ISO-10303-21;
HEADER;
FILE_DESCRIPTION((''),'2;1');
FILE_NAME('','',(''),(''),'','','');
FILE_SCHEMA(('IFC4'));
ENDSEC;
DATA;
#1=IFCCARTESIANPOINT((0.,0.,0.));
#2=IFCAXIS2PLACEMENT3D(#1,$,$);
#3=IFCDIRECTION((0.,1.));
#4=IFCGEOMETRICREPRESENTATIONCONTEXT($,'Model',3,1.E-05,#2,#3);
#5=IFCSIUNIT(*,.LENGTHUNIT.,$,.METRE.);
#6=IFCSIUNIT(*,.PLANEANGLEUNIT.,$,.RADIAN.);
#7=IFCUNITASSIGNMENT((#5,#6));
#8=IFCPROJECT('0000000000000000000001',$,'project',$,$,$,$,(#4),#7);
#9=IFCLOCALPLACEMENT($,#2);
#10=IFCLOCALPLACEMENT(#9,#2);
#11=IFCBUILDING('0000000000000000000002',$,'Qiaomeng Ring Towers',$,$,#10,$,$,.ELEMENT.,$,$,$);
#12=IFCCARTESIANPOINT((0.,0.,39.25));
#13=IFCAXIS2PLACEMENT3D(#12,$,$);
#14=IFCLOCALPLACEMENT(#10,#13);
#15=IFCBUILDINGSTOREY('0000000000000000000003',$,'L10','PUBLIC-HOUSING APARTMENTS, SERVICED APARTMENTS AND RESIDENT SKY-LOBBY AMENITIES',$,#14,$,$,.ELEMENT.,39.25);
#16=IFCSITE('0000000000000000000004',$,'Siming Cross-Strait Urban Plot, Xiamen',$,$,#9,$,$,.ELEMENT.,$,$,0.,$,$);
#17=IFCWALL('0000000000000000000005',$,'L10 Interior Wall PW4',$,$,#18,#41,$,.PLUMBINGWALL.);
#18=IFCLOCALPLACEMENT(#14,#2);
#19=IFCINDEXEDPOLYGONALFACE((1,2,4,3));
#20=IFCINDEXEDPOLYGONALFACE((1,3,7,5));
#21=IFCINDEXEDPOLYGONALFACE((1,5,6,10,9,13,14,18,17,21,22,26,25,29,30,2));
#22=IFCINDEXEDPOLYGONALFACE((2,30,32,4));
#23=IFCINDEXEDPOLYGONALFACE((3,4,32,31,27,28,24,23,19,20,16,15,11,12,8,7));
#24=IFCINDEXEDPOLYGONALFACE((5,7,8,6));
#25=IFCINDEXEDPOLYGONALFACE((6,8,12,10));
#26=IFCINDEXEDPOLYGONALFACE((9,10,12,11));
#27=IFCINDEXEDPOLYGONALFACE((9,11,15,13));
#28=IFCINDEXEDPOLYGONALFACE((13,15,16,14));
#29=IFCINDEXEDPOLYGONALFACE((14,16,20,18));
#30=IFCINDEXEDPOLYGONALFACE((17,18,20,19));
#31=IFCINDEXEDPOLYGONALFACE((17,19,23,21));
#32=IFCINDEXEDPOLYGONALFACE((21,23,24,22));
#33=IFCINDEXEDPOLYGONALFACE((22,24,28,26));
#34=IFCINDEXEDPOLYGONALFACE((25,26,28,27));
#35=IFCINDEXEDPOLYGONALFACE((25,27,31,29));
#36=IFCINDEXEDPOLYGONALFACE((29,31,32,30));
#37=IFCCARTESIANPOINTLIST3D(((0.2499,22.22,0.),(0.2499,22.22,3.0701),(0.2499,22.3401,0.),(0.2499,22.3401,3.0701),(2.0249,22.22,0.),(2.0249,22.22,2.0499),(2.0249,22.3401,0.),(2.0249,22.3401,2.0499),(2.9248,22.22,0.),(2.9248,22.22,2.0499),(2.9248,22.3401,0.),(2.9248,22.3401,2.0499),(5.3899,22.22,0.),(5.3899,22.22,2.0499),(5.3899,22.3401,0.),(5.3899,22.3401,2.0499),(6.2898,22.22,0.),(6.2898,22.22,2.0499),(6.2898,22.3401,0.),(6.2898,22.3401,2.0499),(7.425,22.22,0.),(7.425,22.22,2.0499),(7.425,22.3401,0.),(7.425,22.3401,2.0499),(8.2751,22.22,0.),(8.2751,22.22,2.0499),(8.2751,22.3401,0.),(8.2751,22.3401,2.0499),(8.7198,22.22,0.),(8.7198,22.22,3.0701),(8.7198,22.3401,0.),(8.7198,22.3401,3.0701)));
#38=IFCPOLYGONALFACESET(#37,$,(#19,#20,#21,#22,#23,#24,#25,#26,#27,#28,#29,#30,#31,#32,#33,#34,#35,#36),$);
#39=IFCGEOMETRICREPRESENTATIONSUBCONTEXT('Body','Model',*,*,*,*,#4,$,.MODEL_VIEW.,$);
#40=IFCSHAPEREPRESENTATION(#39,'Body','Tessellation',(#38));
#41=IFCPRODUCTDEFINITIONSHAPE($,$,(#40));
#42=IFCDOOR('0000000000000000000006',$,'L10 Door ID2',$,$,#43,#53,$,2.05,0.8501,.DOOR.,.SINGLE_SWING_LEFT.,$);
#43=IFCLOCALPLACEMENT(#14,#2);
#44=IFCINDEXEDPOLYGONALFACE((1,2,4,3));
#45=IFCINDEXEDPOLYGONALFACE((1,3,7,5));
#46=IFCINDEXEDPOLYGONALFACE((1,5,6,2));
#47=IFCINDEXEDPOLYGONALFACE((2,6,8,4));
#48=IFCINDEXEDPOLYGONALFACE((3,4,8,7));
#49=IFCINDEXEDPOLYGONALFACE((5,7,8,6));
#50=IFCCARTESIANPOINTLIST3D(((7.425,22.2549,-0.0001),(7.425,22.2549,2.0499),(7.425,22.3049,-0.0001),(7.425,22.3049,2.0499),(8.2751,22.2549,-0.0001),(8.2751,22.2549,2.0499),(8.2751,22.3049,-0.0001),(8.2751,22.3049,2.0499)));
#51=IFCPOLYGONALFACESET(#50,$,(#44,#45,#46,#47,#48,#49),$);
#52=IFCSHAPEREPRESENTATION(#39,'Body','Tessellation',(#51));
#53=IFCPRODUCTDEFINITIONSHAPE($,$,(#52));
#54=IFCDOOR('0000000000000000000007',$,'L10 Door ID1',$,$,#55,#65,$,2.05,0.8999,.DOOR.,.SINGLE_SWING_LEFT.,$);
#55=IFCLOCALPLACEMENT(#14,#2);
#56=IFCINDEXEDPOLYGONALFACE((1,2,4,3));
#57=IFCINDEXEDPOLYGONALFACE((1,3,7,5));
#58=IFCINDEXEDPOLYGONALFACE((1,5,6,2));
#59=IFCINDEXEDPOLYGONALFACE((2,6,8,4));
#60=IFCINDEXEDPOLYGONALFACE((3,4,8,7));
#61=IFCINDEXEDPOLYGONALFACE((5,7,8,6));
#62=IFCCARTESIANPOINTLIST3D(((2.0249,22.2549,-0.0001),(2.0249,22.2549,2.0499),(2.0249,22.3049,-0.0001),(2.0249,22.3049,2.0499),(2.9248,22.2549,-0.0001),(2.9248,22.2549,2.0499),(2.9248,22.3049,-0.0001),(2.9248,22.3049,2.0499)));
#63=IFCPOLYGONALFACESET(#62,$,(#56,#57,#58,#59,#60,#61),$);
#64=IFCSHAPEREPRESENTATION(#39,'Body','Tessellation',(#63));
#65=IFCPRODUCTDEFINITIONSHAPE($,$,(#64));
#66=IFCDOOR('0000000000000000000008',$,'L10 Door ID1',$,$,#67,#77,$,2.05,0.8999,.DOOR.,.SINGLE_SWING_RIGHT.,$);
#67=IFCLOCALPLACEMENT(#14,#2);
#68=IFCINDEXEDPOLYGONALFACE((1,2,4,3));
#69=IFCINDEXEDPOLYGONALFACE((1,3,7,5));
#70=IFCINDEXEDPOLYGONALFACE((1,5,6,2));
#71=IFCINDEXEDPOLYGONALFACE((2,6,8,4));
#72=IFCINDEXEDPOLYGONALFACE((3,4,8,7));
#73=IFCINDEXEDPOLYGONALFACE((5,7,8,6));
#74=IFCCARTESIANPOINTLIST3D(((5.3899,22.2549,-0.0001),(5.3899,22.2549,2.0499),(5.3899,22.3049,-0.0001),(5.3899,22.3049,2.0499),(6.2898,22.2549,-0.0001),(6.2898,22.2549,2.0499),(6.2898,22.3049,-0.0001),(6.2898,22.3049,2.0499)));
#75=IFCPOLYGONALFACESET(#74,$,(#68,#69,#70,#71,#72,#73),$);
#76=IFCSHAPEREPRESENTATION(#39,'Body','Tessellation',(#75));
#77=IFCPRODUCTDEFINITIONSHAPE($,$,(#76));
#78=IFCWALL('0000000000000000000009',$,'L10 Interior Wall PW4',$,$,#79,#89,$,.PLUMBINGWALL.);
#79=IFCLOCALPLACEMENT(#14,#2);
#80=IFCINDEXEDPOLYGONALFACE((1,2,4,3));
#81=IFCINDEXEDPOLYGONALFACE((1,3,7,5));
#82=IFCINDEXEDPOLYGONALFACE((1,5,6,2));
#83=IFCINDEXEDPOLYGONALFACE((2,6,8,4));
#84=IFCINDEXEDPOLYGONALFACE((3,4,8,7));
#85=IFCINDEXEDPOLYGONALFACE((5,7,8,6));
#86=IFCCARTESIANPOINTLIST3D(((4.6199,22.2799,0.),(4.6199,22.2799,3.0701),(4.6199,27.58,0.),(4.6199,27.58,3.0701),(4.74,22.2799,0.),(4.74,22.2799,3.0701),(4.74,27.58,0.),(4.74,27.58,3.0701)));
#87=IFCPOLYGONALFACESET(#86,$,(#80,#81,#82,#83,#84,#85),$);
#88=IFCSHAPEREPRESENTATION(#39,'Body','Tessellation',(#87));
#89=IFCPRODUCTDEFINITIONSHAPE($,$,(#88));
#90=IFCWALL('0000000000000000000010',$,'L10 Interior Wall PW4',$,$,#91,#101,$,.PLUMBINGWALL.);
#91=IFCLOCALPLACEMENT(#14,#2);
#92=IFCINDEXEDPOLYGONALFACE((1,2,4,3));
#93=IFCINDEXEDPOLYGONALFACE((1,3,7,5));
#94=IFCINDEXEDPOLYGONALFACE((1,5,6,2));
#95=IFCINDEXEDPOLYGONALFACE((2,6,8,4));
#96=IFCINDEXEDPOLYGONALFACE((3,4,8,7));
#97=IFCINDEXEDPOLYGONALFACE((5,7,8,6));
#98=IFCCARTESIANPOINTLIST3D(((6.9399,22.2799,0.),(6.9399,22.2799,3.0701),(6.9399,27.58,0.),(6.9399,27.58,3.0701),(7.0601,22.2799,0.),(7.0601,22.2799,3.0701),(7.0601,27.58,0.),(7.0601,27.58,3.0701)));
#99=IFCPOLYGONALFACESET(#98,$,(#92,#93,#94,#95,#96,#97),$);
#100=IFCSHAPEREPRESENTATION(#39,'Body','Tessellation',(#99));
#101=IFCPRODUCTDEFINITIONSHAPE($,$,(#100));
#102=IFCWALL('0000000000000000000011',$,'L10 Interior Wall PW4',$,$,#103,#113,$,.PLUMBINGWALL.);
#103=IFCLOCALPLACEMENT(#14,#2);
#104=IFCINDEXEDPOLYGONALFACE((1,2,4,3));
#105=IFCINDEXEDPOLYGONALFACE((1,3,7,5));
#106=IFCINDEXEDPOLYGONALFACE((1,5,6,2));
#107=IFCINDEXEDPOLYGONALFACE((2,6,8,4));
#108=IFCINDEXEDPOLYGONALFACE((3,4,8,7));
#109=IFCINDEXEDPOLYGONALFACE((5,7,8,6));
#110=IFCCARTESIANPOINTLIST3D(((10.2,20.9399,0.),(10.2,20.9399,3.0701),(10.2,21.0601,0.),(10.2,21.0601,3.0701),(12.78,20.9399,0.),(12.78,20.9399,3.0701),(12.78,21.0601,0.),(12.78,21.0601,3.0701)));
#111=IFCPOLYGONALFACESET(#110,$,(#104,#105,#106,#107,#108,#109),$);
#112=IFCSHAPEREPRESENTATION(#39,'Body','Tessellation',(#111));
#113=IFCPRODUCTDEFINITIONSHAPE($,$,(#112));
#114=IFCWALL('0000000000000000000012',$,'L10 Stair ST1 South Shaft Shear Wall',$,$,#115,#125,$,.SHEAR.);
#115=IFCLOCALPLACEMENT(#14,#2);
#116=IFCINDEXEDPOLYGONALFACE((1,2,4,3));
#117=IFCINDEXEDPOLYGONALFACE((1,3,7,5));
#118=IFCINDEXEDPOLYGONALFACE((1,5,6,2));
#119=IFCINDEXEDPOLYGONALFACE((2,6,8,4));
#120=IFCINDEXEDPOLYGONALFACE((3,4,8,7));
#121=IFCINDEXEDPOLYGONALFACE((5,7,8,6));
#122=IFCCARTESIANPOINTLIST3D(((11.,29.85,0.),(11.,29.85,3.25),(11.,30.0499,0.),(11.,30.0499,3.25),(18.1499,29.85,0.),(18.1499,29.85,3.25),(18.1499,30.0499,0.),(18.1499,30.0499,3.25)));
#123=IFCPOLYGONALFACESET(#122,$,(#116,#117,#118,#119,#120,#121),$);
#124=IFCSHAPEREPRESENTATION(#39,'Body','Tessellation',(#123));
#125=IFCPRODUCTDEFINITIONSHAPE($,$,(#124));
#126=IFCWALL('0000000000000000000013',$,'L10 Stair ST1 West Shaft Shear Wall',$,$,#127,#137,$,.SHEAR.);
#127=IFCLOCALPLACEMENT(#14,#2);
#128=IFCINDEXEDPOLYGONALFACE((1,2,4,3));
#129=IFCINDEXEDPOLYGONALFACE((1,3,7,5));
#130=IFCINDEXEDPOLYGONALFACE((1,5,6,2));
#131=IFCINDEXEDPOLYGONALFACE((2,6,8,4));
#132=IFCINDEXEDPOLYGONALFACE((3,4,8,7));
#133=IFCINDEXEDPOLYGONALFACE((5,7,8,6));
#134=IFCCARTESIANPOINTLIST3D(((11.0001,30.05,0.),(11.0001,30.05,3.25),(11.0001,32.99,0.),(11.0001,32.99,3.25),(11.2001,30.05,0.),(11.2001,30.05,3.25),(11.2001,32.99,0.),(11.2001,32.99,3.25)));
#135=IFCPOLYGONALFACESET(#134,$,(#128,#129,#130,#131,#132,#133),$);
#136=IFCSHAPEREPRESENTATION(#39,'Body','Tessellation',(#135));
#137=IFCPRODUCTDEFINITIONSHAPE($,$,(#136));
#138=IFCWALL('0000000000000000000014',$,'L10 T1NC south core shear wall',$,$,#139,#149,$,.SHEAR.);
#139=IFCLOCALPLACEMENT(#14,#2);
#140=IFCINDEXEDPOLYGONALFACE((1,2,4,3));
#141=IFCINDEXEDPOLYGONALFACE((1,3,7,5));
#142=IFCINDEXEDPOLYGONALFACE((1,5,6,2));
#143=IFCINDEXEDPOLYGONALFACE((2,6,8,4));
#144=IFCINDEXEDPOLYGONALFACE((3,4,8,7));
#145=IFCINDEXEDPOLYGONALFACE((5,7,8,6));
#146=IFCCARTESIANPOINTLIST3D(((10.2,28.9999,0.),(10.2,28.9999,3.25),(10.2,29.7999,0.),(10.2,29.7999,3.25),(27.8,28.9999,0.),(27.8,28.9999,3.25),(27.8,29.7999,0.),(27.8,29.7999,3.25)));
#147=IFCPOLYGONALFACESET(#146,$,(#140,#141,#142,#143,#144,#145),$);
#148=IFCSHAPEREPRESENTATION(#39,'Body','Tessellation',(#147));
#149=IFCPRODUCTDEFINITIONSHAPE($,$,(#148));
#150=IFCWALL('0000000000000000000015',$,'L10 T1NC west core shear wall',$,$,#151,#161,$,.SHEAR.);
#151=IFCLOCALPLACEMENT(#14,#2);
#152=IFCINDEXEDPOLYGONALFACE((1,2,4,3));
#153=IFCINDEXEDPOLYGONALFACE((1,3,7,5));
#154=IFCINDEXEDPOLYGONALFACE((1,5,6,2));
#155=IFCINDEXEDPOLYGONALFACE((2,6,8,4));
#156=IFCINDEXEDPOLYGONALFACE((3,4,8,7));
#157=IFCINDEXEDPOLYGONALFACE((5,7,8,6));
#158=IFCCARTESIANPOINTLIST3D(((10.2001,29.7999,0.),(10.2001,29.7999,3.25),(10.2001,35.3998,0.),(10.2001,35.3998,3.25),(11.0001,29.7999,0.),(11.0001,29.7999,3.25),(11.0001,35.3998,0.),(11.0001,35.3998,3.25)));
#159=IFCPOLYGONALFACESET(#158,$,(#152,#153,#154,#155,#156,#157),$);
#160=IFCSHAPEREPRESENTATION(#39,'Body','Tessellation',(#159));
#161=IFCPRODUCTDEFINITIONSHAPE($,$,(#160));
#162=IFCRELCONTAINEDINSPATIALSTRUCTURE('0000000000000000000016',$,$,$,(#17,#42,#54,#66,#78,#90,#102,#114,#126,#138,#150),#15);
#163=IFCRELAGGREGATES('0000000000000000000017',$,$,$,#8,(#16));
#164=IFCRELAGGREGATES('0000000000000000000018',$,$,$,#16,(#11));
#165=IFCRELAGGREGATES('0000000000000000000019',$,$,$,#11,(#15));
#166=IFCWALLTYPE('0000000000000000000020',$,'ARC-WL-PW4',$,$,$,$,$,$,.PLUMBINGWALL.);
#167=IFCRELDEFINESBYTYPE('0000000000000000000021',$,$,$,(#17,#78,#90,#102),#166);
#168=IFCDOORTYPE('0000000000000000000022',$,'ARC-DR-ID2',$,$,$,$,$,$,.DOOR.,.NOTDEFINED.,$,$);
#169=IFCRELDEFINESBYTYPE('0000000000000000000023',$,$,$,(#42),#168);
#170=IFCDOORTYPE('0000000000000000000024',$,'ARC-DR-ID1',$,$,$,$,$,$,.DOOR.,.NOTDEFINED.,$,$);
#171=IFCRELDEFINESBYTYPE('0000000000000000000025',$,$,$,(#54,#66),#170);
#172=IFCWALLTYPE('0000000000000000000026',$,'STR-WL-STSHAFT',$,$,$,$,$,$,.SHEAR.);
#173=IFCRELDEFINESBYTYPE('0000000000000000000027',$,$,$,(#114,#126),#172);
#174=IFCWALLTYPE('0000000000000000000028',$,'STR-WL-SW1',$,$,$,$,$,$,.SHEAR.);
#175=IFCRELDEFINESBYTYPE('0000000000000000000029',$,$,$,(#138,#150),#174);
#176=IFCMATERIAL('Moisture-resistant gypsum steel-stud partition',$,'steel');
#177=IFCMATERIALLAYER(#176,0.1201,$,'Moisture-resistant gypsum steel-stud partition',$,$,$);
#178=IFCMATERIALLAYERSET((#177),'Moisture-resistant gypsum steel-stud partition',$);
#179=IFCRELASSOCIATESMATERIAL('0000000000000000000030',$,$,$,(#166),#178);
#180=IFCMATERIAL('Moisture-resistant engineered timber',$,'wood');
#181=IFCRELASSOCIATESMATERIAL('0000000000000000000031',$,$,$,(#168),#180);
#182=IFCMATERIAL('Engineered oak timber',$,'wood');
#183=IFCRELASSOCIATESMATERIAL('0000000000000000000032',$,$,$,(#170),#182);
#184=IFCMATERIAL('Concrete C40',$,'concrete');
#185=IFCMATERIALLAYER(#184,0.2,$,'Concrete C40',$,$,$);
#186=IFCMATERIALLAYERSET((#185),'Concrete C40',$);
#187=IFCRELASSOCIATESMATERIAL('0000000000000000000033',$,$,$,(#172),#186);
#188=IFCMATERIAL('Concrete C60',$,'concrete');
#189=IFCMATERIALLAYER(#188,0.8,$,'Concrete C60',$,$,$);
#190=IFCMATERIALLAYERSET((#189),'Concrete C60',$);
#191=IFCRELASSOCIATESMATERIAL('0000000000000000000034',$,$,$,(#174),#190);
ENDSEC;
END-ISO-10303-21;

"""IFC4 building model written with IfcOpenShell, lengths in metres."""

from ifc_helpers import new_model, si_unit, direction, frame, frame_2d, origin, place, context, subcontext, project, spatial, rectangle, extrude, source, transform, mapped, material, layer, layer_set, type_object, element, fill, save


model = new_model("IFC4")

# Units and contexts
model_context = context("Model", 3, precision=1e-05, world=origin(), true_north=direction((0.0, 1.0)))
body_context = subcontext(model_context, "Body", "Model", "MODEL_VIEW")
ifc_project = project(units=[si_unit("LENGTHUNIT", "METRE"), si_unit("PLANEANGLEUNIT", "RADIAN")], contexts=[model_context])

# Site, building, storey
site_placement = place(None, origin())
site = spatial("IfcSite", under=ifc_project, at=site_placement, Name="Siming Cross-Strait Urban Plot, Xiamen", CompositionType="ELEMENT", RefElevation=0.0)
building_placement = place(site_placement, origin())
building = spatial("IfcBuilding", under=site, at=building_placement, Name="Qiaomeng Ring Towers", CompositionType="ELEMENT")
storey_placement = place(building_placement, frame((0.0, 0.0, 39.25)))
storey = spatial("IfcBuildingStorey", under=building, at=storey_placement, Name="L10", Description="PUBLIC-HOUSING APARTMENTS, SERVICED APARTMENTS AND RESIDENT SKY-LOBBY AMENITIES", CompositionType="ELEMENT", Elevation=39.25)

# Shared definitions
ifc_material_1 = material(Name="Concrete C60", Category="concrete")

# Wall, openings, doors
ifc_material_2 = material(Name="Moisture-resistant gypsum steel-stud partition", Category="steel")
ifc_layer_1 = layer(ifc_material_2, 0.1201, Name="Moisture-resistant gypsum steel-stud partition")
ifc_layer_set_1 = layer_set([ifc_layer_1], Name="Moisture-resistant gypsum steel-stud partition")
wall_type_1 = type_object("IfcWallType", Name="ARC-WL-PW4", PredefinedType="PLUMBINGWALL", material=ifc_layer_set_1)
wall_1_placement = place(storey_placement, frame((0.25, 22.28, 0.0), z_axis=(0.0, 0.0, 1.0), x_axis=(1.0, 0.0, 0.0)))
wall_1 = element("IfcWall", 1, at=wall_1_placement, inside=storey, type_object=wall_type_1, Name="L10 Interior Wall PW4", PredefinedType="PLUMBINGWALL", context=body_context, shape_type="SweptSolid", body=[
    extrude(rectangle(XDim=8.47, YDim=0.1201, at=frame_2d((4.2349, 0.0))), origin(), (0.0, 0.0, 1.0), 3.0701),
])
opening_1_placement = place(wall_1_placement, frame((1.7749, 0.0, 0.0)))
opening_1 = element("IfcOpeningElement", 2, at=opening_1_placement, cuts=wall_1, PredefinedType="OPENING", context=body_context, shape_type="SweptSolid", body=[
    extrude(rectangle(XDim=0.8999, YDim=2.05, at=frame_2d((0.45, 1.0249))), frame((0.0, 0.0701, 0.0), z_axis=(0.0, -1.0, 0.0), x_axis=(1.0, 0.0, 0.0)), (0.0, 0.0, 1.0), 0.1401),
])
opening_2_placement = place(wall_1_placement, frame((5.1399, 0.0, 0.0)))
opening_2 = element("IfcOpeningElement", 3, at=opening_2_placement, cuts=wall_1, PredefinedType="OPENING", context=body_context, shape_type="SweptSolid", body=[
    extrude(rectangle(XDim=0.8999, YDim=2.05, at=frame_2d((0.45, 1.0249))), frame((0.0, 0.0701, 0.0), z_axis=(0.0, -1.0, 0.0), x_axis=(1.0, 0.0, 0.0)), (0.0, 0.0, 1.0), 0.1401),
])
opening_3_placement = place(wall_1_placement, frame((7.175, 0.0, 0.0)))
opening_3 = element("IfcOpeningElement", 4, at=opening_3_placement, cuts=wall_1, PredefinedType="OPENING", context=body_context, shape_type="SweptSolid", body=[
    extrude(rectangle(XDim=0.8501, YDim=2.05, at=frame_2d((0.425, 1.0249))), frame((0.0, 0.0701, 0.0), z_axis=(0.0, -1.0, 0.0), x_axis=(1.0, 0.0, 0.0)), (0.0, 0.0, 1.0), 0.1401),
])
ifc_material_3 = material(Name="Moisture-resistant engineered timber", Category="wood")
door_type_1 = type_object("IfcDoorType", Name="ARC-DR-ID2", OperationType="NOTDEFINED", PredefinedType="DOOR", material=ifc_material_3)
shared_shape_1 = source(origin(), body_context, "Body", "SweptSolid", [
    extrude(rectangle(XDim=0.8501, YDim=2.05, at=frame_2d((0.425, 1.0249))), frame((0.0, 0.0249, 0.0), z_axis=(0.0, -1.0, 0.0), x_axis=(1.0, 0.0, 0.0)), (0.0, 0.0, 1.0), 0.05),
])
door_1_placement = place(opening_3_placement, origin())
door_1 = element("IfcDoor", 5, at=door_1_placement, inside=storey, type_object=door_type_1, Name="L10 Door ID2", OperationType="SINGLE_SWING_LEFT", OverallHeight=2.05, OverallWidth=0.8501, PredefinedType="DOOR", context=body_context, shape_type="MappedRepresentation", body=[
    mapped(shared_shape_1, transform((0.0, 0.0, 0.0), x_axis=(1.0, 0.0, 0.0), y_axis=(0.0, 1.0, 0.0), z_axis=(0.0, 0.0, 1.0), scale=1.0)),
])
fill(opening_3, door_1)
ifc_material_4 = material(Name="Engineered oak timber", Category="wood")
door_type_2 = type_object("IfcDoorType", Name="ARC-DR-ID1", OperationType="NOTDEFINED", PredefinedType="DOOR", material=ifc_material_4)
shared_shape_2 = source(origin(), body_context, "Body", "SweptSolid", [
    extrude(rectangle(XDim=0.8999, YDim=2.05, at=frame_2d((0.45, 1.0249))), frame((0.0, 0.0249, 0.0), z_axis=(0.0, -1.0, 0.0), x_axis=(1.0, 0.0, 0.0)), (0.0, 0.0, 1.0), 0.05),
])
door_2_placement = place(opening_1_placement, origin())
door_2 = element("IfcDoor", 6, at=door_2_placement, inside=storey, type_object=door_type_2, Name="L10 Door ID1", OperationType="SINGLE_SWING_LEFT", OverallHeight=2.05, OverallWidth=0.8999, PredefinedType="DOOR", context=body_context, shape_type="MappedRepresentation", body=[
    mapped(shared_shape_2, transform((0.0, 0.0, 0.0), x_axis=(1.0, 0.0, 0.0), y_axis=(0.0, 1.0, 0.0), z_axis=(0.0, 0.0, 1.0), scale=1.0)),
])
fill(opening_1, door_2)
door_3_placement = place(opening_2_placement, origin())
door_3 = element("IfcDoor", 7, at=door_3_placement, inside=storey, type_object=door_type_2, Name="L10 Door ID1", OperationType="SINGLE_SWING_RIGHT", OverallHeight=2.05, OverallWidth=0.8999, PredefinedType="DOOR", context=body_context, shape_type="MappedRepresentation", body=[
    mapped(shared_shape_2, transform((0.0, 0.0, 0.0), x_axis=(1.0, 0.0, 0.0), y_axis=(0.0, 1.0, 0.0), z_axis=(0.0, 0.0, 1.0), scale=1.0)),
])
fill(opening_2, door_3)

# Walls
for number, where, z_axis, x_axis, name in (
    (8, (4.6799, 22.28, 0.0), (0.0, 0.0, 1.0), (0.0, 1.0, 0.0), "L10 Interior Wall PW4"),
    (9, (7.0, 22.28, 0.0), (0.0, 0.0, 1.0), (0.0, 1.0, 0.0), "L10 Interior Wall PW4"),
):
    element("IfcWall", number, at=place(storey_placement, frame(where, z_axis=z_axis, x_axis=x_axis)), inside=storey, type_object=wall_type_1, Name=name, PredefinedType="PLUMBINGWALL", context=body_context, shape_type="SweptSolid", body=[
        extrude(rectangle(XDim=5.3, YDim=0.1201, at=frame_2d((2.6499, 0.0))), origin(), (0.0, 0.0, 1.0), 3.0701),
    ])
wall_2_placement = place(storey_placement, frame((10.2, 21.0, 0.0), z_axis=(0.0, 0.0, 1.0), x_axis=(1.0, 0.0, 0.0)))
element("IfcWall", 10, at=wall_2_placement, inside=storey, type_object=wall_type_1, Name="L10 Interior Wall PW4", PredefinedType="PLUMBINGWALL", context=body_context, shape_type="SweptSolid", body=[
    extrude(rectangle(XDim=2.5801, YDim=0.1201, at=frame_2d((1.29, 0.0))), origin(), (0.0, 0.0, 1.0), 3.0701),
])
ifc_material_5 = material(Name="Concrete C40", Category="concrete")
ifc_layer_2 = layer(ifc_material_5, 0.2, Name="Concrete C40")
ifc_layer_set_2 = layer_set([ifc_layer_2], Name="Concrete C40")
wall_type_2 = type_object("IfcWallType", Name="STR-WL-STSHAFT", PredefinedType="SHEAR", material=ifc_layer_set_2)
wall_3_placement = place(storey_placement, frame((11.0, 29.95, 0.0), z_axis=(0.0, 0.0, 1.0), x_axis=(1.0, 0.0, 0.0)))
element("IfcWall", 11, at=wall_3_placement, inside=storey, type_object=wall_type_2, Name="L10 Stair ST1 South Shaft Shear Wall", PredefinedType="SHEAR", context=body_context, shape_type="SweptSolid", body=[
    extrude(rectangle(XDim=7.1499, YDim=0.2, at=frame_2d((3.575, 0.0))), origin(), (0.0, 0.0, 1.0), 3.25),
])
wall_4_placement = place(storey_placement, frame((11.1001, 30.05, 0.0), z_axis=(0.0, 0.0, 1.0), x_axis=(0.0, 1.0, 0.0)))
element("IfcWall", 12, at=wall_4_placement, inside=storey, type_object=wall_type_2, Name="L10 Stair ST1 West Shaft Shear Wall", PredefinedType="SHEAR", context=body_context, shape_type="SweptSolid", body=[
    extrude(rectangle(XDim=2.9399, YDim=0.2, at=frame_2d((1.47, 0.0))), origin(), (0.0, 0.0, 1.0), 3.25),
])
ifc_layer_3 = layer(ifc_material_1, 0.8, Name="Concrete C60")
ifc_layer_set_3 = layer_set([ifc_layer_3], Name="Concrete C60")
wall_type_3 = type_object("IfcWallType", Name="STR-WL-SW1", PredefinedType="SHEAR", material=ifc_layer_set_3)
wall_5_placement = place(storey_placement, frame((10.2, 29.3999, 0.0), z_axis=(0.0, 0.0, 1.0), x_axis=(1.0, 0.0, 0.0)))
element("IfcWall", 13, at=wall_5_placement, inside=storey, type_object=wall_type_3, Name="L10 T1NC south core shear wall", PredefinedType="SHEAR", context=body_context, shape_type="SweptSolid", body=[
    extrude(rectangle(XDim=17.6001, YDim=0.8, at=frame_2d((8.8, 0.0))), origin(), (0.0, 0.0, 1.0), 3.25),
])
wall_6_placement = place(storey_placement, frame((10.6001, 29.8, 0.0), z_axis=(0.0, 0.0, 1.0), x_axis=(0.0, 1.0, 0.0)))
element("IfcWall", 14, at=wall_6_placement, inside=storey, type_object=wall_type_3, Name="L10 T1NC west core shear wall", PredefinedType="SHEAR", context=body_context, shape_type="SweptSolid", body=[
    extrude(rectangle(XDim=5.5999, YDim=0.8, at=frame_2d((2.7998, 0.0))), origin(), (0.0, 0.0, 1.0), 3.25),
])

save(model, "model.ifc")
